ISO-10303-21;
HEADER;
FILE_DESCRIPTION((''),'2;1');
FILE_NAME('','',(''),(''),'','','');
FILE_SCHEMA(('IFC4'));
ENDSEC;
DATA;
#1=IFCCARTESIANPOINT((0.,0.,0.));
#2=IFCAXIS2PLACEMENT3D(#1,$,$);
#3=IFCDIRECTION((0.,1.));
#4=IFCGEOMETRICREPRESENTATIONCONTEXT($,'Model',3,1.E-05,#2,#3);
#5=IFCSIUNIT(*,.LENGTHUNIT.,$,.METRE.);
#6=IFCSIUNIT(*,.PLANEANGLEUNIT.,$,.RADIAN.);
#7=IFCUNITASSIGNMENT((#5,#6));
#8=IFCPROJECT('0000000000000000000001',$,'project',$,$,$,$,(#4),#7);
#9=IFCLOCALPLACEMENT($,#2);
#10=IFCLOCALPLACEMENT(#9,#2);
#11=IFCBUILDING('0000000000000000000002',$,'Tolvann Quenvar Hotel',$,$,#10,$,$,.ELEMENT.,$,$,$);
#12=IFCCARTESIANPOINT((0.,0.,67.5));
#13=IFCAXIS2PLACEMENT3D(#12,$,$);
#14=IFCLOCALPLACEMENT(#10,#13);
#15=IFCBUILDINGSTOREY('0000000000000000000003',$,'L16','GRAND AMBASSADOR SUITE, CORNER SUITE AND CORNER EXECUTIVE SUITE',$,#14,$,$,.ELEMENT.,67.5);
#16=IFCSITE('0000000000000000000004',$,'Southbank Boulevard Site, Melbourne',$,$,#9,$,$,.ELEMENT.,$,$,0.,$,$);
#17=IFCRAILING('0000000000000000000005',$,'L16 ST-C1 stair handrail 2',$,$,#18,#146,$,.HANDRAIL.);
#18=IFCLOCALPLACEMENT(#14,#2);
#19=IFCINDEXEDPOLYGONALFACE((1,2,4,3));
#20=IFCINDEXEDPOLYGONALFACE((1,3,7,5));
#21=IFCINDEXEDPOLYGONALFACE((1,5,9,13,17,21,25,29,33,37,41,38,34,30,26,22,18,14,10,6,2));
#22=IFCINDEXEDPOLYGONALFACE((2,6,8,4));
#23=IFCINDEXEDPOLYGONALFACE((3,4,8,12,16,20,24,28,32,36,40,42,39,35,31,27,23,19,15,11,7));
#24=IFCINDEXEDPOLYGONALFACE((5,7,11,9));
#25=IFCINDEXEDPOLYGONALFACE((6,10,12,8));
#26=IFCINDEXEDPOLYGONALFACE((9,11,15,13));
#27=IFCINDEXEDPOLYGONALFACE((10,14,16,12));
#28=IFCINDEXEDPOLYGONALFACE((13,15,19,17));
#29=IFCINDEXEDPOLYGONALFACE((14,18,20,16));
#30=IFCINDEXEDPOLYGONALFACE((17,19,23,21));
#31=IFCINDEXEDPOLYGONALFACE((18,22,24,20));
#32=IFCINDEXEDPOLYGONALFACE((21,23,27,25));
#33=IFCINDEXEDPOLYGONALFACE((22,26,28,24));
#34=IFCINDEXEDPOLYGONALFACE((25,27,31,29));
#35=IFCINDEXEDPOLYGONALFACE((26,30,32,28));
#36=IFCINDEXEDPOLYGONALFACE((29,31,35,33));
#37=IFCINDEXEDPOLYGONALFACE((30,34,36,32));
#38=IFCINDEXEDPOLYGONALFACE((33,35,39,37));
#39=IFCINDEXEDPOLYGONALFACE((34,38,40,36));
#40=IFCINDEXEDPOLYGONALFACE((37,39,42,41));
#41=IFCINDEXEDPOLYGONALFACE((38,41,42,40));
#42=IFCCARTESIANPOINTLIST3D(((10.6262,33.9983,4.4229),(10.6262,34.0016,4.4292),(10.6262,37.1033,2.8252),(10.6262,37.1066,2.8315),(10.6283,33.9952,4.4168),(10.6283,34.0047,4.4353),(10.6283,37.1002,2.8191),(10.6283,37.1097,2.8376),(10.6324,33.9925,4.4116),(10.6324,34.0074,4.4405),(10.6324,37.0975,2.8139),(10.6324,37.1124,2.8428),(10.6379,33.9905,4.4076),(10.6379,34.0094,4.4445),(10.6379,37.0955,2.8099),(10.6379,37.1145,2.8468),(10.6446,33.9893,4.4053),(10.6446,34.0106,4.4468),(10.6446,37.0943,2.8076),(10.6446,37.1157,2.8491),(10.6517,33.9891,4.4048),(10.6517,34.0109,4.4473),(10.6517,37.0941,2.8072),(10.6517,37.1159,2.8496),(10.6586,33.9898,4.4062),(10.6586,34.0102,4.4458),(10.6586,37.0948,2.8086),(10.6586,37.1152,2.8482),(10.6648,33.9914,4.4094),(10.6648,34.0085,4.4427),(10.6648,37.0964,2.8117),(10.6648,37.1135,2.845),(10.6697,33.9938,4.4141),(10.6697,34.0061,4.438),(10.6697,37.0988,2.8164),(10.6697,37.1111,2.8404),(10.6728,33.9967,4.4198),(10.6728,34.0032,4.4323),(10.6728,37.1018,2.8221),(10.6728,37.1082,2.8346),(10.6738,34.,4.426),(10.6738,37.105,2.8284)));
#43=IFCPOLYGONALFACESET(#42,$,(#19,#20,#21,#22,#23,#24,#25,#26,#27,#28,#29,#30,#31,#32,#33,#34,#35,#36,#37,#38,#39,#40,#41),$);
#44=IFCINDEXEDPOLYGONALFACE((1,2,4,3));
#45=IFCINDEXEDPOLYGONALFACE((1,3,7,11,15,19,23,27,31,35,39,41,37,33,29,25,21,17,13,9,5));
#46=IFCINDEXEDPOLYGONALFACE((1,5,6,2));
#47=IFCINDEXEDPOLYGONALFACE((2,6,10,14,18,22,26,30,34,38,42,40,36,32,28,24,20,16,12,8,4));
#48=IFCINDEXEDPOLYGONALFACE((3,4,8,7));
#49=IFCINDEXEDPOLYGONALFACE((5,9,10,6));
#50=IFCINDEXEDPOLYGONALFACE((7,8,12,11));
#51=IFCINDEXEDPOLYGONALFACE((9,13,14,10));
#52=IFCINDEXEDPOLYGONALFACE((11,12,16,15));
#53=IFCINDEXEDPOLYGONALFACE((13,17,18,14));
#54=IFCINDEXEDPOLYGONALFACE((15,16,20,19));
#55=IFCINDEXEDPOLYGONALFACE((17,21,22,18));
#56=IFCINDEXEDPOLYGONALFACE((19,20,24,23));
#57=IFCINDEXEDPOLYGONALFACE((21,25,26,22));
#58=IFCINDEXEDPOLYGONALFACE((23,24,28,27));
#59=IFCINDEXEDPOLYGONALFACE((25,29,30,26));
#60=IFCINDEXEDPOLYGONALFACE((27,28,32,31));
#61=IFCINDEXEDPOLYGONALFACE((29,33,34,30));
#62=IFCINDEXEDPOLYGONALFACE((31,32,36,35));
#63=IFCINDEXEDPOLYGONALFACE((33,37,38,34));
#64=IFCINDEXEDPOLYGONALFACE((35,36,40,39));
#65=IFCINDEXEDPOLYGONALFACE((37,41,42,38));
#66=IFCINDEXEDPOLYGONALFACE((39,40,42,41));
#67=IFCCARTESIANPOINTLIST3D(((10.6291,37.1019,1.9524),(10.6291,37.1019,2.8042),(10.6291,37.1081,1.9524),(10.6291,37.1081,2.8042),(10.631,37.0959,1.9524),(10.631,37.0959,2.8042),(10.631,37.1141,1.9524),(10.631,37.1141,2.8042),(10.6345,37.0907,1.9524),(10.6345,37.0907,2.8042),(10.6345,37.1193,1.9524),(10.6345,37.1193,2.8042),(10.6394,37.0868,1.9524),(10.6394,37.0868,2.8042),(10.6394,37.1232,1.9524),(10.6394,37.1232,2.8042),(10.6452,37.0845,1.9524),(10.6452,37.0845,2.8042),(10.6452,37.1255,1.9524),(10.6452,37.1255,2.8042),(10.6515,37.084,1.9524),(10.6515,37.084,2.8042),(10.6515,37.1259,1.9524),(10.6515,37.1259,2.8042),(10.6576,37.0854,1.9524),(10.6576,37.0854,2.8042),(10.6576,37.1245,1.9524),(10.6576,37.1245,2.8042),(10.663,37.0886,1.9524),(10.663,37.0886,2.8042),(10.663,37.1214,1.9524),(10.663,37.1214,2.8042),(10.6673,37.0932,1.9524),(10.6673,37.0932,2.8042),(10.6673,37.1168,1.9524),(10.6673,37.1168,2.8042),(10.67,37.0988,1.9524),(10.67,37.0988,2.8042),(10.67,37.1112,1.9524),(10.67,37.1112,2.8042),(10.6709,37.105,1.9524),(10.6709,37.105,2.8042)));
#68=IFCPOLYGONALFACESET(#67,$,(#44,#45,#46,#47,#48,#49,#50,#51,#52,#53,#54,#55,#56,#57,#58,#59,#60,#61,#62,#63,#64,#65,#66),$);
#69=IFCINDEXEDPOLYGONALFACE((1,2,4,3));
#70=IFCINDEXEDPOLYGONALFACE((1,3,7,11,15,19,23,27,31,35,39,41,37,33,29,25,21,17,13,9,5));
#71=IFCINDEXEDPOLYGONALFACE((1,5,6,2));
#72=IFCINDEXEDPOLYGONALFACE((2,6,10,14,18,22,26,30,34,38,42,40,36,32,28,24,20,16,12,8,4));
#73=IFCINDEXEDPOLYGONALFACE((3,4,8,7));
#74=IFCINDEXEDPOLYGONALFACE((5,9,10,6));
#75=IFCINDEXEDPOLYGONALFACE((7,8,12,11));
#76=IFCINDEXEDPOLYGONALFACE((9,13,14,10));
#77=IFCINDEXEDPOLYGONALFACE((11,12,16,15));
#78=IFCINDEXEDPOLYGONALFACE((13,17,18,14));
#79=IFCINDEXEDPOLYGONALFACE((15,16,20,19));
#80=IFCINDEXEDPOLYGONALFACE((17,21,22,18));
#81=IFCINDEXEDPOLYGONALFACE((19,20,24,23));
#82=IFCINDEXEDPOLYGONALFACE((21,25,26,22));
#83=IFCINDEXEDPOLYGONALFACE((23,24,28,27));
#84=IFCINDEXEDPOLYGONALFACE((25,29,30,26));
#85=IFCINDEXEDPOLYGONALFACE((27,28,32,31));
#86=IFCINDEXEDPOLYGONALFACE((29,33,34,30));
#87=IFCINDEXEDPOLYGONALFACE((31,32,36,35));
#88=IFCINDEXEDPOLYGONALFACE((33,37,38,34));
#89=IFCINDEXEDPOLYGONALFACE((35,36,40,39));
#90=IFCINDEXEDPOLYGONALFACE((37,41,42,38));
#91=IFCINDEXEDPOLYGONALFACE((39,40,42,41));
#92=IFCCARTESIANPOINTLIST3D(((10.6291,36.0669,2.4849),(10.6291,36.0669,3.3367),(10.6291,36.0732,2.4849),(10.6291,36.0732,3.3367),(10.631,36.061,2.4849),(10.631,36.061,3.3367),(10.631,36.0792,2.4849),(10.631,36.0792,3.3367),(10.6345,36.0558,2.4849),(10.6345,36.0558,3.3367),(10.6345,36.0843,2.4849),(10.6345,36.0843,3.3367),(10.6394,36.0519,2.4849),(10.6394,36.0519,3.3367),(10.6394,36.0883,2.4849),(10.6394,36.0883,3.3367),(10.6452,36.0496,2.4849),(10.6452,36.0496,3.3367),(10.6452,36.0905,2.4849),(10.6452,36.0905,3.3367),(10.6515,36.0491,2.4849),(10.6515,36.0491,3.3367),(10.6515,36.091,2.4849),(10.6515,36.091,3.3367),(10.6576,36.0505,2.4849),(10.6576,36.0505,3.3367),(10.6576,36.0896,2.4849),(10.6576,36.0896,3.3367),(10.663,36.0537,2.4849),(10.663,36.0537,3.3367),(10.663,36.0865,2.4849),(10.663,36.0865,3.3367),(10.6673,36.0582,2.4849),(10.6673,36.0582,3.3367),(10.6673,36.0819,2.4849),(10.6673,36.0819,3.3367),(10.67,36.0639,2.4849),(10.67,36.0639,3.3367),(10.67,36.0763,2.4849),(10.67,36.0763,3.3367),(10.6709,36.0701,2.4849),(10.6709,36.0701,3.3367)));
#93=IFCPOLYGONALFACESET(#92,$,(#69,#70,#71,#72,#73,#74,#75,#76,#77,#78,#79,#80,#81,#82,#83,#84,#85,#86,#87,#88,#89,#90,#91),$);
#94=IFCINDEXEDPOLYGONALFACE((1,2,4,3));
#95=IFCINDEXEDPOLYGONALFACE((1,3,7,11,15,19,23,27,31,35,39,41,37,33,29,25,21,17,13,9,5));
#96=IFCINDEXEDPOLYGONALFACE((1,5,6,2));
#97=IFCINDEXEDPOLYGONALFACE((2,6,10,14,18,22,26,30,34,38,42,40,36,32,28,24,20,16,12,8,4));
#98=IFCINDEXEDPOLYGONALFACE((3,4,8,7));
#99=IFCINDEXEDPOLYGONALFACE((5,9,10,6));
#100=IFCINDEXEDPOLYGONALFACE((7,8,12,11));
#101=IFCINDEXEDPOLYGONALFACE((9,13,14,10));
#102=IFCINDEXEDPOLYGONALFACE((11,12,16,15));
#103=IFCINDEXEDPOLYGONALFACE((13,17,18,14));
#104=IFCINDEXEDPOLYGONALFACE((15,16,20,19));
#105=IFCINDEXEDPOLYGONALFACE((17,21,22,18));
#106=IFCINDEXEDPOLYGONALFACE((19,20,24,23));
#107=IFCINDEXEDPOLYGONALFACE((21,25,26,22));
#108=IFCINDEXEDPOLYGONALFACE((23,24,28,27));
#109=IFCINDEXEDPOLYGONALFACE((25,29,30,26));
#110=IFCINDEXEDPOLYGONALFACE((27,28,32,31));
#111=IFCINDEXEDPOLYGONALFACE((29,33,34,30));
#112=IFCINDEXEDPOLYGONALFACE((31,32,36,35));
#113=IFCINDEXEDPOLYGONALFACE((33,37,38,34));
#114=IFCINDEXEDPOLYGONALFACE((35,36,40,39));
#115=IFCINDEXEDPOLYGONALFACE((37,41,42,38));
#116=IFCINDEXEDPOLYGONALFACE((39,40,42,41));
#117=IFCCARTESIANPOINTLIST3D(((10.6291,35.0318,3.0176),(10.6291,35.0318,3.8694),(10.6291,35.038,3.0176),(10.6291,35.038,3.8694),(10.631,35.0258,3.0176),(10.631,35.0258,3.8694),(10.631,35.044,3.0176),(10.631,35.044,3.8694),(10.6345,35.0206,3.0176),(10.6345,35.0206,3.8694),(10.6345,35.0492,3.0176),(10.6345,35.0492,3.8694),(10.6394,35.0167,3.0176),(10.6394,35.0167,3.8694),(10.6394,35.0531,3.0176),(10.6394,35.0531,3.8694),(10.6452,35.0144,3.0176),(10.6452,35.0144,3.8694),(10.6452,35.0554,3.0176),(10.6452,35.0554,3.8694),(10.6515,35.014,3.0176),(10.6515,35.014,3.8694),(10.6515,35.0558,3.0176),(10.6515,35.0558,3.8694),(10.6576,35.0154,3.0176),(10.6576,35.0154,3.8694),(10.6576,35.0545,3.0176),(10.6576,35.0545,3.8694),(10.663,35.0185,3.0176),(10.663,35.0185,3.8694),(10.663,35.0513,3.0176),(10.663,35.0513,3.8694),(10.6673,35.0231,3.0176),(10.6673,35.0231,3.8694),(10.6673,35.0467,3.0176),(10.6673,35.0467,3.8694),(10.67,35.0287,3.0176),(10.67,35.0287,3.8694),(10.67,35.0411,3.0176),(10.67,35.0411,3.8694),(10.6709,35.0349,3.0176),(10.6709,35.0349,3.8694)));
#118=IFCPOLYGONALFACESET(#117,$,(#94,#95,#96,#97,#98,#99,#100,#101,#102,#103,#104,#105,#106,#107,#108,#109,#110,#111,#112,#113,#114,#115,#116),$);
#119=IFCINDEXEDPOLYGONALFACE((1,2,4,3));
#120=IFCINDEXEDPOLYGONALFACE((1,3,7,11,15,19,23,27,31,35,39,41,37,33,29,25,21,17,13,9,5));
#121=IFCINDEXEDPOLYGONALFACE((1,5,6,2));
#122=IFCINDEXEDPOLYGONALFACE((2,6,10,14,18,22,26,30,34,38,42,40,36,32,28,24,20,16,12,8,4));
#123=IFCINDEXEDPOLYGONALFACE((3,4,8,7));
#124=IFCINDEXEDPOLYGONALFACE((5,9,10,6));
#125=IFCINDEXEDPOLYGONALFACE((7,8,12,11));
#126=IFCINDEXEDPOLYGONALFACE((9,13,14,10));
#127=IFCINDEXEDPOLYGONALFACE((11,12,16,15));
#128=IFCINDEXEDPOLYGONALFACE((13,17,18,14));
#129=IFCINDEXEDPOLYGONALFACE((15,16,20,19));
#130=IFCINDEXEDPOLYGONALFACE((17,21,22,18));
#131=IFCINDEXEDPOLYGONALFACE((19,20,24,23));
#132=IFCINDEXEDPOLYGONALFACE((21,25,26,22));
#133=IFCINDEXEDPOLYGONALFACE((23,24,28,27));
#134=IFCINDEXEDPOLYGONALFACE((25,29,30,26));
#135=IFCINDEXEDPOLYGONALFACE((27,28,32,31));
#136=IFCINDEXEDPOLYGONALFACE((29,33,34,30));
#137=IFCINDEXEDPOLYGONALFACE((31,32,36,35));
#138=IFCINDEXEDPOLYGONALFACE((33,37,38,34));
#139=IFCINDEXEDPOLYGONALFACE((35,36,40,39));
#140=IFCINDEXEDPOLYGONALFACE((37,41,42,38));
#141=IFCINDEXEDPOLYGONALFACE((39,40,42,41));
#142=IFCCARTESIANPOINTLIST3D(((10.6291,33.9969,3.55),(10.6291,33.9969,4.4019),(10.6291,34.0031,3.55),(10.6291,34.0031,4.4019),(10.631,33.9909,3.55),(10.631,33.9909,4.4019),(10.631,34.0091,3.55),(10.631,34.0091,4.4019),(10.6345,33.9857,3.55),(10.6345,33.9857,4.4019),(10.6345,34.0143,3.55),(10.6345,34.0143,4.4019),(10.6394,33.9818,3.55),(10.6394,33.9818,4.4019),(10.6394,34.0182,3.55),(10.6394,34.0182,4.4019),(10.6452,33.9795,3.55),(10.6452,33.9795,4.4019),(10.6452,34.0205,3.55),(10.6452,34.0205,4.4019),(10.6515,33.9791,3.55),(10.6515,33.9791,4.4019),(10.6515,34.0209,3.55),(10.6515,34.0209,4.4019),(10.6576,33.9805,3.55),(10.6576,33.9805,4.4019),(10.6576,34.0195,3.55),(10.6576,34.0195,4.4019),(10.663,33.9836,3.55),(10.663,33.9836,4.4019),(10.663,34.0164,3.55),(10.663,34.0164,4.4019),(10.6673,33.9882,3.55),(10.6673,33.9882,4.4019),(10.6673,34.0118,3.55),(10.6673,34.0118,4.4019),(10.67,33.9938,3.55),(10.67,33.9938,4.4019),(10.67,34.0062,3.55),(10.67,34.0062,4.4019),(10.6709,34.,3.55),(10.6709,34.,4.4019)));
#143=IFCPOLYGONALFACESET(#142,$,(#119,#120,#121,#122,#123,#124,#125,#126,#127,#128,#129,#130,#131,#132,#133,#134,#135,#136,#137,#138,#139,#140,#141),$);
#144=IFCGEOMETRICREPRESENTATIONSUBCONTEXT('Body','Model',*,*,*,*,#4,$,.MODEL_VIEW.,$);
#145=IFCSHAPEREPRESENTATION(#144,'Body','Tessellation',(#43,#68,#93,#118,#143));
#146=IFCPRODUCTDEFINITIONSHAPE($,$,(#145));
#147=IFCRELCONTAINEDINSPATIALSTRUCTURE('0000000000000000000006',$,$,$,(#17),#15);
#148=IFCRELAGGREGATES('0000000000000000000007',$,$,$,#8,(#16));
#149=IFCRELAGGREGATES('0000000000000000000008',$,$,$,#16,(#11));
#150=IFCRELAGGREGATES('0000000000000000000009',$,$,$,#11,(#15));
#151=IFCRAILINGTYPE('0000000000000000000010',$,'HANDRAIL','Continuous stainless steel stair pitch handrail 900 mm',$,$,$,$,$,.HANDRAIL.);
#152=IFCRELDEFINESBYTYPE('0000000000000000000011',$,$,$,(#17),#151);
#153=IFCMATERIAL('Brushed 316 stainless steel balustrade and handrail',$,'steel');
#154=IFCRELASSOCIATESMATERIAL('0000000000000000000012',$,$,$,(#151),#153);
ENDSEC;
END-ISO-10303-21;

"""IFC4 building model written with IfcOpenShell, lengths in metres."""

from ifc_helpers import new_model, si_unit, direction, frame, origin, origin_2d, place, context, subcontext, project, spatial, circle, extrude, material, type_object, element, save


model = new_model("IFC4")

# Units and contexts
model_context = context("Model", 3, precision=1e-05, world=origin(), true_north=direction((0.0, 1.0)))
body_context = subcontext(model_context, "Body", "Model", "MODEL_VIEW")
ifc_project = project(units=[si_unit("LENGTHUNIT", "METRE"), si_unit("PLANEANGLEUNIT", "RADIAN")], contexts=[model_context])

# Site, building, storey
site_placement = place(None, origin())
site = spatial("IfcSite", under=ifc_project, at=site_placement, Name="Southbank Boulevard Site, Melbourne", CompositionType="ELEMENT", RefElevation=0.0)
building_placement = place(site_placement, origin())
building = spatial("IfcBuilding", under=site, at=building_placement, Name="Tolvann Quenvar Hotel", CompositionType="ELEMENT")
storey_placement = place(building_placement, frame((0.0, 0.0, 67.5)))
storey = spatial("IfcBuildingStorey", under=building, at=storey_placement, Name="L16", Description="GRAND AMBASSADOR SUITE, CORNER SUITE AND CORNER EXECUTIVE SUITE", CompositionType="ELEMENT", Elevation=67.5)

# Railing
ifc_material_1 = material(Name="Brushed 316 stainless steel balustrade and handrail", Category="steel")
railing_type_1 = type_object("IfcRailingType", Name="HANDRAIL", Description="Continuous stainless steel stair pitch handrail 900 mm", PredefinedType="HANDRAIL", material=ifc_material_1)
railing_1_placement = place(storey_placement, frame((10.6499, 37.105, 1.9524)))
element("IfcRailing", 1, at=railing_1_placement, inside=storey, type_object=railing_type_1, Name="L16 ST-C1 stair handrail 2", PredefinedType="HANDRAIL", context=body_context, shape_type="SweptSolid", body=[
    extrude(circle(Radius=0.0239, at=origin_2d()), frame((0.0, 0.0, 0.876), z_axis=(0.0, -0.889194, 0.457531), x_axis=(1.0, 0.0, 0.0)), (0.0, 0.0, 1.0), 3.4919),
    extrude(circle(Radius=0.021, at=origin_2d()), origin(), (0.0, 0.0, 1.0), 0.8518),
    extrude(circle(Radius=0.021, at=origin_2d()), frame((0.0, -1.0349, 0.5325)), (0.0, 0.0, 1.0), 0.8518),
    extrude(circle(Radius=0.021, at=origin_2d()), frame((0.0, -2.0701, 1.0652)), (0.0, 0.0, 1.0), 0.8518),
    extrude(circle(Radius=0.021, at=origin_2d()), frame((0.0, -3.105, 1.5977)), (0.0, 0.0, 1.0), 0.8518),
])

save(model, "model.ifc")
